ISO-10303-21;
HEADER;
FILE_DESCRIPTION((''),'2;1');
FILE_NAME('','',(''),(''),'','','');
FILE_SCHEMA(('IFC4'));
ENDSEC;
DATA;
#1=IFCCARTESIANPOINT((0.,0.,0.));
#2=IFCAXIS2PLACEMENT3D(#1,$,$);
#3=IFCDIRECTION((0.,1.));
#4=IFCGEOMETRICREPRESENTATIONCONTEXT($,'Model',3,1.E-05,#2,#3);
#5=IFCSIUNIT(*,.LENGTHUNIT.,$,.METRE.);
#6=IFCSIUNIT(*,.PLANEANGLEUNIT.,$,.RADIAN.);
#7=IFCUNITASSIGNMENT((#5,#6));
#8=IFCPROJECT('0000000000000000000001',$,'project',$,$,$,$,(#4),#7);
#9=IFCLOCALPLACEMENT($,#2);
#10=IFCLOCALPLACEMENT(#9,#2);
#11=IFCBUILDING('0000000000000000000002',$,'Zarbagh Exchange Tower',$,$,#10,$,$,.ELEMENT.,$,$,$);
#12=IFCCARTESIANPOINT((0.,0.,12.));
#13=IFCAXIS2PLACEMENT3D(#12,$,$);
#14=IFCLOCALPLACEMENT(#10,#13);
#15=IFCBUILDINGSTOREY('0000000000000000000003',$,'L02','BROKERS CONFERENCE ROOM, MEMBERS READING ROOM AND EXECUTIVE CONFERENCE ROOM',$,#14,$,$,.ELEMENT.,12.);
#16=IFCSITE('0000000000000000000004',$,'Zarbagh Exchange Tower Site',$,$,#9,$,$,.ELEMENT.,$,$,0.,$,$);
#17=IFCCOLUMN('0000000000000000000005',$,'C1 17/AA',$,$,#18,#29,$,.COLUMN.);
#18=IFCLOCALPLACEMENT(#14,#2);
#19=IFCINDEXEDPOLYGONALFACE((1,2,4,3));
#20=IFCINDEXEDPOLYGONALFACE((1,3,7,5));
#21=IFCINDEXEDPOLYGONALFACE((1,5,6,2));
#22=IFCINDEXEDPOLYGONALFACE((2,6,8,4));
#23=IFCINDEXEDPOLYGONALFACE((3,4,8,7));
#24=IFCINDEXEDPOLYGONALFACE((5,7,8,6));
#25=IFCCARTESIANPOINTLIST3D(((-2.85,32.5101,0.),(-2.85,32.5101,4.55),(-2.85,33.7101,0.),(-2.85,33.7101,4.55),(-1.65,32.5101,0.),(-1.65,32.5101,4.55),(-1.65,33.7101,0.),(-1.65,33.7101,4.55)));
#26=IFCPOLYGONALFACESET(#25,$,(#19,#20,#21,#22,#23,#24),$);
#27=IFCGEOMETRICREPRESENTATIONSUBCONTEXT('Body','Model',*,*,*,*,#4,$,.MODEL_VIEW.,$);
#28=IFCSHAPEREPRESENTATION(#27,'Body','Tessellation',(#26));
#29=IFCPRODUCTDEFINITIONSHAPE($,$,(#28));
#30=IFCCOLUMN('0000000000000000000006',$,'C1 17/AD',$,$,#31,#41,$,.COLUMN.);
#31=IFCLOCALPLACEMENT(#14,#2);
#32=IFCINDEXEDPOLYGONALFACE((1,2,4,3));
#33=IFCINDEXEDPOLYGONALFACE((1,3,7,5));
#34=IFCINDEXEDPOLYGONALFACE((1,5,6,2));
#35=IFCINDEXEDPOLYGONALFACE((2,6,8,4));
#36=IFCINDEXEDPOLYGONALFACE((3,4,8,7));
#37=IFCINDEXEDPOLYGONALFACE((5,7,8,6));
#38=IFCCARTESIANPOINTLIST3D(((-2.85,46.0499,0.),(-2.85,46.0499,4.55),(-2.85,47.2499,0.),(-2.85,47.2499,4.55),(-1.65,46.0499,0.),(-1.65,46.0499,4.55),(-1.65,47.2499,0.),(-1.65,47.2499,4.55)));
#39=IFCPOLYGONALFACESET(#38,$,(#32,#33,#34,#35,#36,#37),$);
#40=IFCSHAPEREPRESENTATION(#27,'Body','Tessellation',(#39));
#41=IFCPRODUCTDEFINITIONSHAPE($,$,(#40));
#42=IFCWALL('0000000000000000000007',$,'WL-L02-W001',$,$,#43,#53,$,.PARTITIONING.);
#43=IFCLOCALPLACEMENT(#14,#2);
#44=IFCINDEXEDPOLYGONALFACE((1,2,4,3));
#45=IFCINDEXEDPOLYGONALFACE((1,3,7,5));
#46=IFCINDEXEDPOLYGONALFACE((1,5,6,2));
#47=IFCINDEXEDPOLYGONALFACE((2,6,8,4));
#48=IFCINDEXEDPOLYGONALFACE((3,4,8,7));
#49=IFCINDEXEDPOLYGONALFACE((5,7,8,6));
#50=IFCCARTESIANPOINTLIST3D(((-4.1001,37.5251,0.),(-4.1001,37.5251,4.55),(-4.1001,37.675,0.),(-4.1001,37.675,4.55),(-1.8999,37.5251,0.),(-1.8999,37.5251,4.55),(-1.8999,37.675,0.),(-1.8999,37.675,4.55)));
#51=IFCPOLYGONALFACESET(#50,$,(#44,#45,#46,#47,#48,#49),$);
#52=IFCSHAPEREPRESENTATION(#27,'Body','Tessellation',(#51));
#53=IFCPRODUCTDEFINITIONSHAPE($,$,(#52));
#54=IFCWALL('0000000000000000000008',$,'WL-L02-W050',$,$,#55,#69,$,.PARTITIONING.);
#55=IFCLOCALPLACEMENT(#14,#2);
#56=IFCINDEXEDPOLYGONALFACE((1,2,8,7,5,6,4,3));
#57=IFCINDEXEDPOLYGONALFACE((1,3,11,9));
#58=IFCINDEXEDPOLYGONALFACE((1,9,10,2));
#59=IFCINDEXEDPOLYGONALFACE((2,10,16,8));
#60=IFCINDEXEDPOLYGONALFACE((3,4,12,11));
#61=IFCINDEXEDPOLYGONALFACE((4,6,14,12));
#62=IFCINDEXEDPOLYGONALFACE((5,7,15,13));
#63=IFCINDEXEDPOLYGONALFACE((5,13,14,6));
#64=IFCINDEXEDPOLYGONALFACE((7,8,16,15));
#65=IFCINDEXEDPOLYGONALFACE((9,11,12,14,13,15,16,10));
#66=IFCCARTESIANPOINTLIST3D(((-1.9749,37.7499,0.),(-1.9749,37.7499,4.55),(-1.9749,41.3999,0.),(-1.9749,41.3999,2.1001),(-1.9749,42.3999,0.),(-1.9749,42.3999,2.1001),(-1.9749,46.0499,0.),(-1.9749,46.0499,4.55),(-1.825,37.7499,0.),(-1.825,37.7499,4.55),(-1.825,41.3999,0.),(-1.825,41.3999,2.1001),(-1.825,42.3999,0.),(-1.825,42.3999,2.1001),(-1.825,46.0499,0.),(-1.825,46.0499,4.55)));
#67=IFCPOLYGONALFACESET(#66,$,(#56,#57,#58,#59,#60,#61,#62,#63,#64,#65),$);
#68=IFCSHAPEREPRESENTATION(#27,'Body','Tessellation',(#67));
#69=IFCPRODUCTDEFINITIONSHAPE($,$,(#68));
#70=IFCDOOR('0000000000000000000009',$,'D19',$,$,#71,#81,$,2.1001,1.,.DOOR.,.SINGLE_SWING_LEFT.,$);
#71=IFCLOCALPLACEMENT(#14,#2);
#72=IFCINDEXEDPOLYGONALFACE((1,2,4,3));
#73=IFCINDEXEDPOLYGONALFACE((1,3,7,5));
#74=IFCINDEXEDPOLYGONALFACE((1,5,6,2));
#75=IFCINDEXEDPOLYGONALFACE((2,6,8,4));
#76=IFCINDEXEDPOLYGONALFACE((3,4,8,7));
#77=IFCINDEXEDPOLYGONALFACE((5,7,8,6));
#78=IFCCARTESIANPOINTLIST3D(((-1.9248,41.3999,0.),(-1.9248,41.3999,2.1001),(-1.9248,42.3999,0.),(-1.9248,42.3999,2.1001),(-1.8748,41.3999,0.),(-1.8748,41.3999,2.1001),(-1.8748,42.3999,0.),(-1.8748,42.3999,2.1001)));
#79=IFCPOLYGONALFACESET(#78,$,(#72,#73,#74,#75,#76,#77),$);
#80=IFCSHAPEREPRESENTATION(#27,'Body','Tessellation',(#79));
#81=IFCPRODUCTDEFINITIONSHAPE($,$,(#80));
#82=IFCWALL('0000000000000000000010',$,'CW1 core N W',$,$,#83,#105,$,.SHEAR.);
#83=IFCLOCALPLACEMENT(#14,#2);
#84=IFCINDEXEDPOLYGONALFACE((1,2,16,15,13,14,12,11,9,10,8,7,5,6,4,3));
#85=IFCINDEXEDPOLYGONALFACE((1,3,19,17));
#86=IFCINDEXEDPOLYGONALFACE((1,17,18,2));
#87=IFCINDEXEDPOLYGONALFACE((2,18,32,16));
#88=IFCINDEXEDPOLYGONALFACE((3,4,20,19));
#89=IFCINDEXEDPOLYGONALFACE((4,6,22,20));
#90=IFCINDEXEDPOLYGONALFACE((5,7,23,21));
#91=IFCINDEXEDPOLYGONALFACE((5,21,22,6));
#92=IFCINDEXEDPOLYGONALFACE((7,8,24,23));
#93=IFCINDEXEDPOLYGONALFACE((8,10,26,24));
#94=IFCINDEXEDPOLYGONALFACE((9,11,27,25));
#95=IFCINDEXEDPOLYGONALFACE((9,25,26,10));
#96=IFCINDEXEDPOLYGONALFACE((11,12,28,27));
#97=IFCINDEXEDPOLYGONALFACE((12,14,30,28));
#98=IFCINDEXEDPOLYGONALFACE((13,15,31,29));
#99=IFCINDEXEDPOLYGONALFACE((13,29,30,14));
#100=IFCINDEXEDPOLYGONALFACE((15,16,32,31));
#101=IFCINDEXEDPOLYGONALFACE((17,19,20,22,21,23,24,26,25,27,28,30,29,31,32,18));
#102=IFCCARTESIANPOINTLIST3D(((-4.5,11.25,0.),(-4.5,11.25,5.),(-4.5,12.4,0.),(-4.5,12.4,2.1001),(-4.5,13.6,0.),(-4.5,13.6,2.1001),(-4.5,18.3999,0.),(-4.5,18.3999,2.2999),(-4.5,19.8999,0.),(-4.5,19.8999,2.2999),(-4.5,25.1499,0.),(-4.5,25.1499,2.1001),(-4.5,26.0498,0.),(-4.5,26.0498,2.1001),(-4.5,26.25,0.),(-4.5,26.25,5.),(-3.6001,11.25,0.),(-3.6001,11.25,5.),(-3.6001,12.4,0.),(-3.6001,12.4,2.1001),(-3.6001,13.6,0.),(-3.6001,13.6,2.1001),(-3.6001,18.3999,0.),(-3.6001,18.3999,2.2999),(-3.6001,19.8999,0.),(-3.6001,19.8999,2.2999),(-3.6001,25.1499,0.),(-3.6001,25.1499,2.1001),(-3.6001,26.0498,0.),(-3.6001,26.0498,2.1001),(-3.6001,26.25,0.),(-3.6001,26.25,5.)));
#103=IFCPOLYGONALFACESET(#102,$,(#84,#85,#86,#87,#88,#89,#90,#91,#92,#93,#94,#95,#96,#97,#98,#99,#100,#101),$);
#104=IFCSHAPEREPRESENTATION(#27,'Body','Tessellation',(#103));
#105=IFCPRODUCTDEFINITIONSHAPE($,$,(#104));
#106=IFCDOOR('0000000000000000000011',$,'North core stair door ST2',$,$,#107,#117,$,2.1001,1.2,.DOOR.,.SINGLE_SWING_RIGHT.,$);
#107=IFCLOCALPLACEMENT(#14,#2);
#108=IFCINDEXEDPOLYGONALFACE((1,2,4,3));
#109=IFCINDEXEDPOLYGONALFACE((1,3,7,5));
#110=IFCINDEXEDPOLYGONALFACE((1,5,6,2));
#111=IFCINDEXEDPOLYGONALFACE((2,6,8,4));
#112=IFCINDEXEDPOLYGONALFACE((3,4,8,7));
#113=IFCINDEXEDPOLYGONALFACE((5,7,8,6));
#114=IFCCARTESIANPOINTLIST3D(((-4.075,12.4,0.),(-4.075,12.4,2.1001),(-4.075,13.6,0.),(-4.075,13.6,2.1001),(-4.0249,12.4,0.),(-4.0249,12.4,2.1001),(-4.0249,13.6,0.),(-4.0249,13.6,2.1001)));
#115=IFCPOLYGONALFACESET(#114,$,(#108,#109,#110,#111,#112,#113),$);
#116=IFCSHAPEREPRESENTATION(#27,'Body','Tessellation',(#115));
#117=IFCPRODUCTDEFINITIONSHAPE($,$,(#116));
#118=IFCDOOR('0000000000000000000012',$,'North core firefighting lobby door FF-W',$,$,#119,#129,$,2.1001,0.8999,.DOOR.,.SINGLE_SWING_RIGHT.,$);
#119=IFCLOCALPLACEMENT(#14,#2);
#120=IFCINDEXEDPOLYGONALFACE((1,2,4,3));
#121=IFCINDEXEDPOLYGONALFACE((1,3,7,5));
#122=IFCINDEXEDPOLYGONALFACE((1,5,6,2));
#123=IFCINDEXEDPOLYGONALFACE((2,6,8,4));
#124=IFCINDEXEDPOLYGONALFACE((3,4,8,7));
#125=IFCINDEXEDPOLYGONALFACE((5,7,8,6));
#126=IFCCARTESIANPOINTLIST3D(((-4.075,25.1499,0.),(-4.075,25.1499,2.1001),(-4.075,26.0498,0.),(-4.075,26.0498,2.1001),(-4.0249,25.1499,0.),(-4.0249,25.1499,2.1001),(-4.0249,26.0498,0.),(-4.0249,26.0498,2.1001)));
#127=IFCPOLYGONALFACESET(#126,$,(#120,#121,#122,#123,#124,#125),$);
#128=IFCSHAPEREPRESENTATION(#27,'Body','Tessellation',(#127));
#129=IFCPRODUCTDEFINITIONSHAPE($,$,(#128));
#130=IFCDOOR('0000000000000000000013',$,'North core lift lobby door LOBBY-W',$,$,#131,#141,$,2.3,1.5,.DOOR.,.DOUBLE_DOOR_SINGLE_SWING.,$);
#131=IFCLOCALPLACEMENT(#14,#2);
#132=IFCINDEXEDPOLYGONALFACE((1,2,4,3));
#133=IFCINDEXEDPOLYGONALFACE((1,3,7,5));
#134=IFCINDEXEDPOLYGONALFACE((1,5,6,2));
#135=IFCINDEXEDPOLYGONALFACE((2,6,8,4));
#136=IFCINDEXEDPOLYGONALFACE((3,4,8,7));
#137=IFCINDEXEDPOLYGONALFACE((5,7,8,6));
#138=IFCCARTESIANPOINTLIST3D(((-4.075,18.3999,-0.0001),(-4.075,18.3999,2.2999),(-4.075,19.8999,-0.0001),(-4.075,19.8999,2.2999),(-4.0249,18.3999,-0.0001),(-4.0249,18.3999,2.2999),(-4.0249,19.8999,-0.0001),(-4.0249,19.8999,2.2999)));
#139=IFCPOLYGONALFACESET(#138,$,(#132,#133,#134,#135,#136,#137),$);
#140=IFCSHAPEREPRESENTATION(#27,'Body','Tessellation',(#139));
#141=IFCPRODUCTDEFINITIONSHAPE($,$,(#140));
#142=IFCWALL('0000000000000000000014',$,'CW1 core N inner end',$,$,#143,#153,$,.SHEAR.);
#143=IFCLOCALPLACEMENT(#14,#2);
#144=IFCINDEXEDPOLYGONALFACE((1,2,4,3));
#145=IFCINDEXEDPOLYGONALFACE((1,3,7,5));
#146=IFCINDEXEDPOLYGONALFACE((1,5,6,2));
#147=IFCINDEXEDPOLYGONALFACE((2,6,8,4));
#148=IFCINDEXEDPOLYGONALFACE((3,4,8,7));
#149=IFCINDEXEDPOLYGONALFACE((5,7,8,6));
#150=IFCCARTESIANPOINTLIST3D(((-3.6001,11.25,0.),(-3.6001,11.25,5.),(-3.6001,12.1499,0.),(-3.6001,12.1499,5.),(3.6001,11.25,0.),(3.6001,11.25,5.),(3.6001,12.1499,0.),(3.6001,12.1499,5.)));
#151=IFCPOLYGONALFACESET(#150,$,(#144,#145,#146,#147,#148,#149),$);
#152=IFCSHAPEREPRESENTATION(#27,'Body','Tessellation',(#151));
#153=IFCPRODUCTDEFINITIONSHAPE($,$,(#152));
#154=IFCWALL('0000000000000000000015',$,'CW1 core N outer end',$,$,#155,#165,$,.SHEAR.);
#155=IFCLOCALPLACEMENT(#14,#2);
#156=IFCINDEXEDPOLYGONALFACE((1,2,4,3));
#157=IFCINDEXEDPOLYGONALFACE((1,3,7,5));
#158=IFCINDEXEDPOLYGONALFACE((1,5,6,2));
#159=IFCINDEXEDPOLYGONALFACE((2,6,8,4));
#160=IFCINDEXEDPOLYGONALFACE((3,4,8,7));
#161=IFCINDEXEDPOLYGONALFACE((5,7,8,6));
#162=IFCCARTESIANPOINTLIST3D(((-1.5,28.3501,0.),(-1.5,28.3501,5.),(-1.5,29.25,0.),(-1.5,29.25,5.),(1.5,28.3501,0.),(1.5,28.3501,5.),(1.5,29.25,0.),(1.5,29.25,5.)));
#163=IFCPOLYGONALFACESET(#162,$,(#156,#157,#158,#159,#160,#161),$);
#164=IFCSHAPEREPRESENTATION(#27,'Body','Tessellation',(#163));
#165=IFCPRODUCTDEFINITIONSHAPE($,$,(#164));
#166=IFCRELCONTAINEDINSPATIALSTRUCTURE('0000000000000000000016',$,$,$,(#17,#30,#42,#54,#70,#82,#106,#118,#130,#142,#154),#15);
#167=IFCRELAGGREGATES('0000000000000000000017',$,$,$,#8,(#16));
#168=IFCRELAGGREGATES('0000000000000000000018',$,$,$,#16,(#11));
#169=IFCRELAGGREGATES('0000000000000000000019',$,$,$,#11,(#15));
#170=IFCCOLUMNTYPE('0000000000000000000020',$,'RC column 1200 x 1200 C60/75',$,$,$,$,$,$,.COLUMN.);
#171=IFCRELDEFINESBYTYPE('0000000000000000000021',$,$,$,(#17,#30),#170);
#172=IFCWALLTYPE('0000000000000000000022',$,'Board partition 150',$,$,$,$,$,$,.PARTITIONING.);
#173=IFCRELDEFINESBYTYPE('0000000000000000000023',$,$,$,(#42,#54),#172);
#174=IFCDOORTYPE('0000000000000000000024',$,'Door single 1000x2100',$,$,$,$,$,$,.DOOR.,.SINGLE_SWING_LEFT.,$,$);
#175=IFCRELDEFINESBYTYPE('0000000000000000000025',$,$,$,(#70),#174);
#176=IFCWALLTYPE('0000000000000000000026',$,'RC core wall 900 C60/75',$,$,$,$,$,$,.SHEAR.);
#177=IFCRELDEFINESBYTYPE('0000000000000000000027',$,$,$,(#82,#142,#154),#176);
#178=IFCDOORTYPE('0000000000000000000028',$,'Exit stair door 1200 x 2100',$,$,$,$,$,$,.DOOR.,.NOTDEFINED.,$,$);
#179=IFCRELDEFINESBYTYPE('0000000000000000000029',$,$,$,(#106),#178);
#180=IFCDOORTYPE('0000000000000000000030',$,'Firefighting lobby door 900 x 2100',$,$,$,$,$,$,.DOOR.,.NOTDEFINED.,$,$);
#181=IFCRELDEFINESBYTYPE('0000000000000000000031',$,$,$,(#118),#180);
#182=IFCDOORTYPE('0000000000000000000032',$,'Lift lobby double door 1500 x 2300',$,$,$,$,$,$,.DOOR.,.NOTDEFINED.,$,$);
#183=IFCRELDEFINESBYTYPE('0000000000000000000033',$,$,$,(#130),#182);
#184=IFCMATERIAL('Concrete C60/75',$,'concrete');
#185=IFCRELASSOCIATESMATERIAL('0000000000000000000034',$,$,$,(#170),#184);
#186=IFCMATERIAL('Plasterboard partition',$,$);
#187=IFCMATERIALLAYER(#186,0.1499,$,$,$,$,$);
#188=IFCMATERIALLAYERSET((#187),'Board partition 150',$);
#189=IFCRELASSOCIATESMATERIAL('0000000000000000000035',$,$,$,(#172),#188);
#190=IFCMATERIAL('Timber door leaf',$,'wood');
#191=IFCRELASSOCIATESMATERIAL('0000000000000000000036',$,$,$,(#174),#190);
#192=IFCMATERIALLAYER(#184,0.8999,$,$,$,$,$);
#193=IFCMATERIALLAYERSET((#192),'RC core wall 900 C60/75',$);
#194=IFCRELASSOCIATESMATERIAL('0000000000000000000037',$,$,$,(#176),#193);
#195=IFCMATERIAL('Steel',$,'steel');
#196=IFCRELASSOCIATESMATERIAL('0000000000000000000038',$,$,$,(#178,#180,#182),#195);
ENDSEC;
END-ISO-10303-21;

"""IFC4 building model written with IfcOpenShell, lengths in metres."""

from ifc_helpers import new_model, si_unit, direction, frame, frame_2d, origin, origin_2d, place, context, subcontext, project, spatial, rectangle, extrude, material, layer, layer_set, material_profile, profile_set, type_object, element, fill, save


model = new_model("IFC4")

# Units and contexts
model_context = context("Model", 3, precision=1e-05, world=origin(), true_north=direction((0.0, 1.0)))
body_context = subcontext(model_context, "Body", "Model", "MODEL_VIEW")
ifc_project = project(units=[si_unit("LENGTHUNIT", "METRE"), si_unit("PLANEANGLEUNIT", "RADIAN")], contexts=[model_context])

# Site, building, storey
site_placement = place(None, origin())
site = spatial("IfcSite", under=ifc_project, at=site_placement, Name="Zarbagh Exchange Tower Site", CompositionType="ELEMENT", RefElevation=0.0)
building_placement = place(site_placement, origin())
building = spatial("IfcBuilding", under=site, at=building_placement, Name="Zarbagh Exchange Tower", CompositionType="ELEMENT")
storey_placement = place(building_placement, frame((0.0, 0.0, 12.0)))
storey = spatial("IfcBuildingStorey", under=building, at=storey_placement, Name="L02", Description="BROKERS CONFERENCE ROOM, MEMBERS READING ROOM AND EXECUTIVE CONFERENCE ROOM", CompositionType="ELEMENT", Elevation=12.0)

# Columns
ifc_material_1 = material(Name="Concrete C60/75", Category="concrete")
ifc_material_profile = material_profile(ifc_material_1, rectangle(XDim=1.2, YDim=1.2, at=origin_2d()), Name="RC column 1200 x 1200 C60/75")
ifc_profile_set = profile_set([ifc_material_profile], Name="Concrete C60/75")
column_type = type_object("IfcColumnType", Name="RC column 1200 x 1200 C60/75", PredefinedType="COLUMN", material=ifc_profile_set)
for number, where, z_axis, x_axis, name in (
    (1, (-2.25, 33.1101, 0.0), (0.0, 0.0, 1.0), (1.0, 0.0, 0.0), "C1 17/AA"),
    (2, (-2.25, 46.6499, 0.0), (0.0, 0.0, 1.0), (1.0, 0.0, 0.0), "C1 17/AD"),
):
    element("IfcColumn", number, at=place(storey_placement, frame(where, z_axis=z_axis, x_axis=x_axis)), inside=storey, type_object=column_type, Name=name, PredefinedType="COLUMN", context=body_context, shape_type="SweptSolid", body=[
        extrude(rectangle(XDim=1.2, YDim=1.2, at=origin_2d()), origin(), (0.0, 0.0, 1.0), 4.55),
    ])

# Wall
ifc_material_2 = material(Name="Plasterboard partition")
ifc_layer_1 = layer(ifc_material_2, 0.1499)
ifc_layer_set_1 = layer_set([ifc_layer_1], Name="Board partition 150")
wall_type_1 = type_object("IfcWallType", Name="Board partition 150", PredefinedType="PARTITIONING", material=ifc_layer_set_1)
wall_1_placement = place(storey_placement, frame((-4.1001, 37.6001, 0.0), z_axis=(0.0, 0.0, 1.0), x_axis=(1.0, 0.0, 0.0)))
element("IfcWall", 3, at=wall_1_placement, inside=storey, type_object=wall_type_1, Name="WL-L02-W001", PredefinedType="PARTITIONING", context=body_context, shape_type="SweptSolid", body=[
    extrude(rectangle(XDim=2.2002, YDim=0.1499, at=frame_2d((1.1001, 0.0))), origin(), (0.0, 0.0, 1.0), 4.55),
])

# Wall, opening, door
wall_2_placement = place(storey_placement, frame((-1.8999, 37.75, 0.0), z_axis=(0.0, 0.0, 1.0), x_axis=(0.0, 1.0, 0.0)))
wall_2 = element("IfcWall", 4, at=wall_2_placement, inside=storey, type_object=wall_type_1, Name="WL-L02-W050", PredefinedType="PARTITIONING", context=body_context, shape_type="SweptSolid", body=[
    extrude(rectangle(XDim=8.3, YDim=0.1499, at=frame_2d((4.1499, 0.0))), origin(), (0.0, 0.0, 1.0), 4.55),
])
opening_1_placement = place(wall_2_placement, frame((3.6499, 0.0, 0.0)))
opening_1 = element("IfcOpeningElement", 5, at=opening_1_placement, cuts=wall_2, PredefinedType="OPENING", context=body_context, shape_type="SweptSolid", body=[
    extrude(rectangle(XDim=1.0, YDim=2.1001, at=frame_2d((0.5, 1.05))), frame((0.0, 0.085, 0.0), z_axis=(0.0, -1.0, 0.0), x_axis=(1.0, 0.0, 0.0)), (0.0, 0.0, 1.0), 0.1699),
])
ifc_material_3 = material(Name="Timber door leaf", Category="wood")
door_type_1 = type_object("IfcDoorType", Name="Door single 1000x2100", OperationType="SINGLE_SWING_LEFT", PredefinedType="DOOR", material=ifc_material_3)
door_1_placement = place(opening_1_placement, origin())
door_1 = element("IfcDoor", 6, at=door_1_placement, inside=storey, type_object=door_type_1, Name="D19", OperationType="SINGLE_SWING_LEFT", OverallHeight=2.1001, OverallWidth=1.0, PredefinedType="DOOR", context=body_context, shape_type="SweptSolid", body=[
    extrude(rectangle(XDim=1.0, YDim=2.1001, at=frame_2d((0.5, 1.05))), frame((0.0, 0.0249, 0.0), z_axis=(0.0, -1.0, 0.0), x_axis=(1.0, 0.0, 0.0)), (0.0, 0.0, 1.0), 0.05),
])
fill(opening_1, door_1)

# Wall, openings, doors
ifc_layer_2 = layer(ifc_material_1, 0.8999)
ifc_layer_set_2 = layer_set([ifc_layer_2], Name="RC core wall 900 C60/75")
wall_type_2 = type_object("IfcWallType", Name="RC core wall 900 C60/75", PredefinedType="SHEAR", material=ifc_layer_set_2)
wall_3_placement = place(storey_placement, frame((-4.05, 11.25, 0.0), z_axis=(0.0, 0.0, 1.0), x_axis=(0.0, 1.0, 0.0)))
wall_3 = element("IfcWall", 7, at=wall_3_placement, inside=storey, type_object=wall_type_2, Name="CW1 core N W", PredefinedType="SHEAR", context=body_context, shape_type="SweptSolid", body=[
    extrude(rectangle(XDim=15.0, YDim=0.8999, at=frame_2d((7.5, 0.0))), origin(), (0.0, 0.0, 1.0), 5.0),
])
opening_2_placement = place(wall_3_placement, frame((7.1499, 0.0, 0.0)))
opening_2 = element("IfcOpeningElement", 8, at=opening_2_placement, cuts=wall_3, PredefinedType="OPENING", context=body_context, shape_type="SweptSolid", body=[
    extrude(rectangle(XDim=1.5, YDim=2.3, at=frame_2d((0.75, 1.1499))), frame((0.0, 0.46, 0.0), z_axis=(0.0, -1.0, 0.0), x_axis=(1.0, 0.0, 0.0)), (0.0, 0.0, 1.0), 0.9199),
])
opening_3_placement = place(wall_3_placement, frame((13.8999, 0.0, 0.0)))
opening_3 = element("IfcOpeningElement", 9, at=opening_3_placement, cuts=wall_3, PredefinedType="OPENING", context=body_context, shape_type="SweptSolid", body=[
    extrude(rectangle(XDim=0.8999, YDim=2.1001, at=frame_2d((0.45, 1.05))), frame((0.0, 0.46, 0.0), z_axis=(0.0, -1.0, 0.0), x_axis=(1.0, 0.0, 0.0)), (0.0, 0.0, 1.0), 0.9199),
])
opening_4_placement = place(wall_3_placement, frame((1.1499, 0.0, 0.0)))
opening_4 = element("IfcOpeningElement", 10, at=opening_4_placement, cuts=wall_3, PredefinedType="OPENING", context=body_context, shape_type="SweptSolid", body=[
    extrude(rectangle(XDim=1.2, YDim=2.1001, at=frame_2d((0.6001, 1.05))), frame((0.0, 0.46, 0.0), z_axis=(0.0, -1.0, 0.0), x_axis=(1.0, 0.0, 0.0)), (0.0, 0.0, 1.0), 0.9199),
])
ifc_material_4 = material(Name="Steel", Category="steel")
door_type_2 = type_object("IfcDoorType", Name="Exit stair door 1200 x 2100", OperationType="NOTDEFINED", PredefinedType="DOOR", material=ifc_material_4)
door_2_placement = place(opening_4_placement, origin())
door_2 = element("IfcDoor", 11, at=door_2_placement, inside=storey, type_object=door_type_2, Name="North core stair door ST2", OperationType="SINGLE_SWING_RIGHT", OverallHeight=2.1001, OverallWidth=1.2, PredefinedType="DOOR", context=body_context, shape_type="SweptSolid", body=[
    extrude(rectangle(XDim=1.2, YDim=2.1001, at=frame_2d((0.6001, 1.05))), frame((0.0, 0.0249, 0.0), z_axis=(0.0, -1.0, 0.0), x_axis=(1.0, 0.0, 0.0)), (0.0, 0.0, 1.0), 0.05),
])
fill(opening_4, door_2)
door_type_3 = type_object("IfcDoorType", Name="Firefighting lobby door 900 x 2100", OperationType="NOTDEFINED", PredefinedType="DOOR", material=ifc_material_4)
door_3_placement = place(opening_3_placement, origin())
door_3 = element("IfcDoor", 12, at=door_3_placement, inside=storey, type_object=door_type_3, Name="North core firefighting lobby door FF-W", OperationType="SINGLE_SWING_RIGHT", OverallHeight=2.1001, OverallWidth=0.8999, PredefinedType="DOOR", context=body_context, shape_type="SweptSolid", body=[
    extrude(rectangle(XDim=0.8999, YDim=2.1001, at=frame_2d((0.45, 1.05))), frame((0.0, 0.0249, 0.0), z_axis=(0.0, -1.0, 0.0), x_axis=(1.0, 0.0, 0.0)), (0.0, 0.0, 1.0), 0.05),
])
fill(opening_3, door_3)
door_type_4 = type_object("IfcDoorType", Name="Lift lobby double door 1500 x 2300", OperationType="NOTDEFINED", PredefinedType="DOOR", material=ifc_material_4)
door_4_placement = place(opening_2_placement, origin())
door_4 = element("IfcDoor", 13, at=door_4_placement, inside=storey, type_object=door_type_4, Name="North core lift lobby door LOBBY-W", OperationType="DOUBLE_DOOR_SINGLE_SWING", OverallHeight=2.3, OverallWidth=1.5, PredefinedType="DOOR", context=body_context, shape_type="SweptSolid", body=[
    extrude(rectangle(XDim=1.5, YDim=2.3, at=frame_2d((0.75, 1.1499))), frame((0.0, 0.0249, 0.0), z_axis=(0.0, -1.0, 0.0), x_axis=(1.0, 0.0, 0.0)), (0.0, 0.0, 1.0), 0.05),
])
fill(opening_2, door_4)

# Walls
wall_4_placement = place(storey_placement, frame((-3.6001, 11.7, 0.0), z_axis=(0.0, 0.0, 1.0), x_axis=(1.0, 0.0, 0.0)))
element("IfcWall", 14, at=wall_4_placement, inside=storey, type_object=wall_type_2, Name="CW1 core N inner end", PredefinedType="SHEAR", context=body_context, shape_type="SweptSolid", body=[
    extrude(rectangle(XDim=7.2002, YDim=0.8999, at=frame_2d((3.6001, 0.0))), origin(), (0.0, 0.0, 1.0), 5.0),
])
wall_5_placement = place(storey_placement, frame((-1.5, 28.8, 0.0), z_axis=(0.0, 0.0, 1.0), x_axis=(1.0, 0.0, 0.0)))
element("IfcWall", 15, at=wall_5_placement, inside=storey, type_object=wall_type_2, Name="CW1 core N outer end", PredefinedType="SHEAR", context=body_context, shape_type="SweptSolid", body=[
    extrude(rectangle(XDim=3.0, YDim=0.8999, at=frame_2d((1.5, 0.0))), origin(), (0.0, 0.0, 1.0), 5.0),
])

save(model, "model.ifc")
